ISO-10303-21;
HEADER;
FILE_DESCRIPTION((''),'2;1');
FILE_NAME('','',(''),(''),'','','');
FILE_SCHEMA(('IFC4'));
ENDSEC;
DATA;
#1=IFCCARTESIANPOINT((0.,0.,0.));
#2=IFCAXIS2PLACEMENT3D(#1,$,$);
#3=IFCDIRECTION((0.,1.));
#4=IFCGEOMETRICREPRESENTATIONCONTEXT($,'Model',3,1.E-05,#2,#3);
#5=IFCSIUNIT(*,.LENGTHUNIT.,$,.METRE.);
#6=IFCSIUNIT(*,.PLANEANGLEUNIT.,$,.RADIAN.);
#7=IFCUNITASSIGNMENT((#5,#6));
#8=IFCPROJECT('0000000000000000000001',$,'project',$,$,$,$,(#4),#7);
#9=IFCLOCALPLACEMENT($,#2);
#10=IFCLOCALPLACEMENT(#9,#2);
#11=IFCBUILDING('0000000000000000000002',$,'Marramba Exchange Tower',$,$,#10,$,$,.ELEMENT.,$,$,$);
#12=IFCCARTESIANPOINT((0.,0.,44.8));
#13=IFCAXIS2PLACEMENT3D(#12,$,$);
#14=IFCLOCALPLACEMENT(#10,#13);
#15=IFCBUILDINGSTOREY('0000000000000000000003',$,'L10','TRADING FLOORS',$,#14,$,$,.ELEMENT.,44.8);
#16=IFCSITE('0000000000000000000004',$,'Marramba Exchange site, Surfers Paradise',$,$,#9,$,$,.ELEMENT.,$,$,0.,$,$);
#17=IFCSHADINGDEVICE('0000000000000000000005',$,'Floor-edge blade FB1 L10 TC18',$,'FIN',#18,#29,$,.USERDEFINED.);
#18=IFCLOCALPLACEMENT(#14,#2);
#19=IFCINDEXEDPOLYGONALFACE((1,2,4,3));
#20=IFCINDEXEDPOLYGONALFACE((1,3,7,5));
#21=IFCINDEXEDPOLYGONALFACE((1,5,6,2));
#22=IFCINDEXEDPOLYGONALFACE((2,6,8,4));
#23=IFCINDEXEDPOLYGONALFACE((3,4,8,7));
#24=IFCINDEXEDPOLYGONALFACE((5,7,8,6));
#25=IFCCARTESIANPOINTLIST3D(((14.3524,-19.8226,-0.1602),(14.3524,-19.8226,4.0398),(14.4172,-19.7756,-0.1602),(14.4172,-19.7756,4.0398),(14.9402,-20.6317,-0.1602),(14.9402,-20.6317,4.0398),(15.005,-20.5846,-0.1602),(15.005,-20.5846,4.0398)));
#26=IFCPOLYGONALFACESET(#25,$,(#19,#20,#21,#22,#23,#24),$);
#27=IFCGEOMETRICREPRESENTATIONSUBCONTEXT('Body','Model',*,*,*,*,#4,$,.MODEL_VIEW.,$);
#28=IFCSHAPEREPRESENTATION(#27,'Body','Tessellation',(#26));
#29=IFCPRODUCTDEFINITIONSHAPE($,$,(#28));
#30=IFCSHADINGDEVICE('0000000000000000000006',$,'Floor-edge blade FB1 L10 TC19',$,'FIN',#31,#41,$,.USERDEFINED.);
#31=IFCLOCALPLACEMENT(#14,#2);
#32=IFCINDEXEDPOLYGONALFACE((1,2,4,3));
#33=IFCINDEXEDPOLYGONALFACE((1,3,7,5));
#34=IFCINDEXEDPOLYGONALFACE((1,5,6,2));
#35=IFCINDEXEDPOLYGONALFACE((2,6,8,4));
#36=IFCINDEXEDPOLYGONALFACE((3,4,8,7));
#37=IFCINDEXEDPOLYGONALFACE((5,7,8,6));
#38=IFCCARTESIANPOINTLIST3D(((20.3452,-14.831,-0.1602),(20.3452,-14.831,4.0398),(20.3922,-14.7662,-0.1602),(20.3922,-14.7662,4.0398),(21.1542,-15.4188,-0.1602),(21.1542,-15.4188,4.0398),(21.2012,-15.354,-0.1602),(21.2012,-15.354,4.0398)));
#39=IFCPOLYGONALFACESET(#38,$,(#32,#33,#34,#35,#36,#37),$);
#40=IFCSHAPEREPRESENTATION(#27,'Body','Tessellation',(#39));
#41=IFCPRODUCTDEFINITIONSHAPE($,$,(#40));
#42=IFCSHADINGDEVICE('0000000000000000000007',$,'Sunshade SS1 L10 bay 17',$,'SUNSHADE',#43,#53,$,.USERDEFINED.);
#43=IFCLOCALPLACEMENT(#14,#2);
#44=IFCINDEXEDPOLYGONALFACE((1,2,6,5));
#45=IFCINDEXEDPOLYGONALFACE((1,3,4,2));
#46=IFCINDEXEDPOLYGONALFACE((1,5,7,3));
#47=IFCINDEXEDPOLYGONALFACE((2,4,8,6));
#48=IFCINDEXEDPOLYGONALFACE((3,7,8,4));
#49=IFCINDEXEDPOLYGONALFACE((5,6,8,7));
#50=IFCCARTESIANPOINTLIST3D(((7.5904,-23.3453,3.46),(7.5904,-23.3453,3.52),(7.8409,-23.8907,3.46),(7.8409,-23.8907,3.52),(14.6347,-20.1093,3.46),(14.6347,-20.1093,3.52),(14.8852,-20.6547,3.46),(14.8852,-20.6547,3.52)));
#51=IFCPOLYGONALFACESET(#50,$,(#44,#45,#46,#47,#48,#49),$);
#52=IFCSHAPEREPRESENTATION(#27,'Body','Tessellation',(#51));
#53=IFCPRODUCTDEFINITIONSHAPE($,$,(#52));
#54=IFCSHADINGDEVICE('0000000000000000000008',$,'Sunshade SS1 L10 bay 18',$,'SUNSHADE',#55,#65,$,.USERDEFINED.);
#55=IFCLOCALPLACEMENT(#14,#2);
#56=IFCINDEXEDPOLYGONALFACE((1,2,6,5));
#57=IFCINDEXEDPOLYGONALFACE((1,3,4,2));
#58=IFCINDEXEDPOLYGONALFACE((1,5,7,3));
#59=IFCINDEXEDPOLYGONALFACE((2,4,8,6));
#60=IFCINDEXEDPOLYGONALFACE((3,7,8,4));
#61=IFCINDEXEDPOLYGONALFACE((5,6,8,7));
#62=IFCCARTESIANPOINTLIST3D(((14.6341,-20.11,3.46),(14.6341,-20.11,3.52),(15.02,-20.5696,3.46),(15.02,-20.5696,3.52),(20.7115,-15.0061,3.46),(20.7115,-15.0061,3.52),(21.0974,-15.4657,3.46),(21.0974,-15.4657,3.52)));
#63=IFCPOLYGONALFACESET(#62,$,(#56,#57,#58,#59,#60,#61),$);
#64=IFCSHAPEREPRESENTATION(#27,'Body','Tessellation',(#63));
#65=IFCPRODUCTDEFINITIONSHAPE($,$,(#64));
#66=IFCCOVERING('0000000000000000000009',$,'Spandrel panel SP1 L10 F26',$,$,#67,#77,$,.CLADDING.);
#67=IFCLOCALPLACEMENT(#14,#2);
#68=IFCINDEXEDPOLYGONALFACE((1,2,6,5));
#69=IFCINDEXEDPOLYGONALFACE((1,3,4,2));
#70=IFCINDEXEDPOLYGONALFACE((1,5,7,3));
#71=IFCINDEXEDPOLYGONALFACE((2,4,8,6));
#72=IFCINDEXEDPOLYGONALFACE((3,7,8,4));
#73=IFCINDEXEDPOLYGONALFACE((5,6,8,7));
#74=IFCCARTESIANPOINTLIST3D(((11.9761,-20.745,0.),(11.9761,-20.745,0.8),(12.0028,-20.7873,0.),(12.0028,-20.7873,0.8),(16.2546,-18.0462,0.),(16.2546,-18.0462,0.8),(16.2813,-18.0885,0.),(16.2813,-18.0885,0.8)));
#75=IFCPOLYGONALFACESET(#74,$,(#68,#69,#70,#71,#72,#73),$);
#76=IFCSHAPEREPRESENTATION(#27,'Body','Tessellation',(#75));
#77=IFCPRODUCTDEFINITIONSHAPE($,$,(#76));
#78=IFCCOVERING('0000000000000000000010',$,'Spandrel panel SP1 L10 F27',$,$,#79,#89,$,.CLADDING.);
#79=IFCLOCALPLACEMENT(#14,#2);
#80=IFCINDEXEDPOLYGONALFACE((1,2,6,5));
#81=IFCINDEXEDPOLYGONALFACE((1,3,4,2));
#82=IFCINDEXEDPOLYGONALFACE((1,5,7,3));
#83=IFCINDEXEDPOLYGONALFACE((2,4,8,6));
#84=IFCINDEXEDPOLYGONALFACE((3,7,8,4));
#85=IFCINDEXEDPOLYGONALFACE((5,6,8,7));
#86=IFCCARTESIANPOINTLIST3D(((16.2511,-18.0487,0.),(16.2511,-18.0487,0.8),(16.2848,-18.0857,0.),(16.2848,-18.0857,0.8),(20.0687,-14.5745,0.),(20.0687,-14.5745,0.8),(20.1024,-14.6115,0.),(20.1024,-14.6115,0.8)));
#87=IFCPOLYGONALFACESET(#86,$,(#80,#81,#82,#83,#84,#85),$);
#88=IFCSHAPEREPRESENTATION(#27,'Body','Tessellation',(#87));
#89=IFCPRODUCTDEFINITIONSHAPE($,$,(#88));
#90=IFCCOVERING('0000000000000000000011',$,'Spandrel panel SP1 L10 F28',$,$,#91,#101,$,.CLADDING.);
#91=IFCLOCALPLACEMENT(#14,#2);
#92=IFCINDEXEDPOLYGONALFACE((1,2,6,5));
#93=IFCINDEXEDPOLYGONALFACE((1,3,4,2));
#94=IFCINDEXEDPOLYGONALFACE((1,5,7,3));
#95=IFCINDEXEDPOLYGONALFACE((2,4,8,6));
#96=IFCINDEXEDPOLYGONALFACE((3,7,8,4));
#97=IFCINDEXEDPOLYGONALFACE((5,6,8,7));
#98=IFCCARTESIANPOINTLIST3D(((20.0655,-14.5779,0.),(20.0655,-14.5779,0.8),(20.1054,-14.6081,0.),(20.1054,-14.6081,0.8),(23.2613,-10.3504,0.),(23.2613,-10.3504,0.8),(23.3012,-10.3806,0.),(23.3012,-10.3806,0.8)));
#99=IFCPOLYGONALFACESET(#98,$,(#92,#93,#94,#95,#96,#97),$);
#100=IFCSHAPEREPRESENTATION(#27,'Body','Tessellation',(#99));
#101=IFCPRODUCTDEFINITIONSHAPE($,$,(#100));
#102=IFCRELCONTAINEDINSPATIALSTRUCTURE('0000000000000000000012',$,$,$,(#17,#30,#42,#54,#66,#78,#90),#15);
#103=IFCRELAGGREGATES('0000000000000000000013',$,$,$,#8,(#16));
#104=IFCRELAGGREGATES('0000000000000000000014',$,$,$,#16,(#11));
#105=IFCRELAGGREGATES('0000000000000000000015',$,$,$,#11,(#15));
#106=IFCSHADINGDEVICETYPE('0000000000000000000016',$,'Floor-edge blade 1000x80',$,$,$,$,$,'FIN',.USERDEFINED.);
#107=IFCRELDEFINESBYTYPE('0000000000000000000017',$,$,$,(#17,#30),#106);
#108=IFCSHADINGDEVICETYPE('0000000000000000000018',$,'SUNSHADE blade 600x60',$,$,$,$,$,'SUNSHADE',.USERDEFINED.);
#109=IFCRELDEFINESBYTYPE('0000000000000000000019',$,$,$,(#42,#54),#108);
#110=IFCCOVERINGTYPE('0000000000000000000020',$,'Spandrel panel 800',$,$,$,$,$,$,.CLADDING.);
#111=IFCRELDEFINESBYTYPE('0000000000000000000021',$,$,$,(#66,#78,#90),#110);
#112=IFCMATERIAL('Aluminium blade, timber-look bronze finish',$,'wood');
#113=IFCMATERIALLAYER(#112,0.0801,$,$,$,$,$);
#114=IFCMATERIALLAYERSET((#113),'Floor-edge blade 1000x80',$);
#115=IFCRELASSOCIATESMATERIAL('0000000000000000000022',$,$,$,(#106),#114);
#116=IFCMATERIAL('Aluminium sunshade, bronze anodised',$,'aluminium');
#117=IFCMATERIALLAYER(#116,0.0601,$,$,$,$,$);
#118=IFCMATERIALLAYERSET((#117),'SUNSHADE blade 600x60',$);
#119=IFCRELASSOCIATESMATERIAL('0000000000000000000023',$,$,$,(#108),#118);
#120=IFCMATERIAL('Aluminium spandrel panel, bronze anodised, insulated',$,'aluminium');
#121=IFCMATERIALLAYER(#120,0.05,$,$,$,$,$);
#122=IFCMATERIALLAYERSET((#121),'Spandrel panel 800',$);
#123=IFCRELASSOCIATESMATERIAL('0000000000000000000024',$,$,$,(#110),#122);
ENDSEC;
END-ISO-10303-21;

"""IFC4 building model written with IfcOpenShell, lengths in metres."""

from ifc_helpers import new_model, si_unit, direction, frame, origin, origin_2d, place, context, subcontext, project, spatial, rectangle, extrude, material, layer, layer_set, type_object, element, save


model = new_model("IFC4")

# Units and contexts
model_context = context("Model", 3, precision=1e-05, world=origin(), true_north=direction((0.0, 1.0)))
body_context = subcontext(model_context, "Body", "Model", "MODEL_VIEW")
ifc_project = project(units=[si_unit("LENGTHUNIT", "METRE"), si_unit("PLANEANGLEUNIT", "RADIAN")], contexts=[model_context])

# Site, building, storey
site_placement = place(None, origin())
site = spatial("IfcSite", under=ifc_project, at=site_placement, Name="Marramba Exchange site, Surfers Paradise", CompositionType="ELEMENT", RefElevation=0.0)
building_placement = place(site_placement, origin())
building = spatial("IfcBuilding", under=site, at=building_placement, Name="Marramba Exchange Tower", CompositionType="ELEMENT")
storey_placement = place(building_placement, frame((0.0, 0.0, 44.8)))
storey = spatial("IfcBuildingStorey", under=building, at=storey_placement, Name="L10", Description="TRADING FLOORS", CompositionType="ELEMENT", Elevation=44.8)

# Shading devices
ifc_material_1 = material(Name="Aluminium blade, timber-look bronze finish", Category="wood")
ifc_layer_1 = layer(ifc_material_1, 0.0801)
ifc_layer_set_1 = layer_set([ifc_layer_1], Name="Floor-edge blade 1000x80")
shading_device_type_1 = type_object("IfcShadingDeviceType", Name="Floor-edge blade 1000x80", ElementType="FIN", PredefinedType="USERDEFINED", material=ifc_layer_set_1)
for number, where, z_axis, x_axis, name in (
    (1, (14.6787, -20.2036, -0.1602), (0.0, 0.0, 1.0), (0.587785, -0.809017, 0.0), "Floor-edge blade FB1 L10 TC18"),
    (2, (20.7732, -15.0925, -0.1602), (0.0, 0.0, 1.0), (0.809017, -0.587785, 0.0), "Floor-edge blade FB1 L10 TC19"),
):
    element("IfcShadingDevice", number, at=place(storey_placement, frame(where, z_axis=z_axis, x_axis=x_axis)), inside=storey, type_object=shading_device_type_1, Name=name, ObjectType="FIN", PredefinedType="USERDEFINED", context=body_context, shape_type="SweptSolid", body=[
        extrude(rectangle(XDim=1.0, YDim=0.0801, at=origin_2d()), origin(), (0.0, 0.0, 1.0), 4.2),
    ])
ifc_material_2 = material(Name="Aluminium sunshade, bronze anodised", Category="aluminium")
ifc_layer_2 = layer(ifc_material_2, 0.0601)
ifc_layer_set_2 = layer_set([ifc_layer_2], Name="SUNSHADE blade 600x60")
shading_device_type_2 = type_object("IfcShadingDeviceType", Name="SUNSHADE blade 600x60", ElementType="SUNSHADE", PredefinedType="USERDEFINED", material=ifc_layer_set_2)
shading_device_1_placement = place(storey_placement, frame((11.2378, -22.0, 3.46), z_axis=(0.0, 0.0, 1.0), x_axis=(0.908704, 0.417442, 0.0)))
element("IfcShadingDevice", 3, at=shading_device_1_placement, inside=storey, type_object=shading_device_type_2, Name="Sunshade SS1 L10 bay 17", ObjectType="SUNSHADE", PredefinedType="USERDEFINED", context=body_context, shape_type="SweptSolid", body=[
    extrude(rectangle(XDim=7.752, YDim=0.6001, at=origin_2d()), origin(), (0.0, 0.0, 1.0), 0.0601),
])
shading_device_2_placement = place(storey_placement, frame((17.8657, -17.7878, 3.46), z_axis=(0.0, 0.0, 1.0), x_axis=(0.765776, 0.643107, 0.0)))
element("IfcShadingDevice", 4, at=shading_device_2_placement, inside=storey, type_object=shading_device_type_2, Name="Sunshade SS1 L10 bay 18", ObjectType="SUNSHADE", PredefinedType="USERDEFINED", context=body_context, shape_type="SweptSolid", body=[
    extrude(rectangle(XDim=7.9363, YDim=0.6001, at=origin_2d()), origin(), (0.0, 0.0, 1.0), 0.0601),
])

# Coverings
ifc_material_3 = material(Name="Aluminium spandrel panel, bronze anodised, insulated", Category="aluminium")
ifc_layer_3 = layer(ifc_material_3, 0.05)
ifc_layer_set_3 = layer_set([ifc_layer_3], Name="Spandrel panel 800")
covering_type = type_object("IfcCoveringType", Name="Spandrel panel 800", PredefinedType="CLADDING", material=ifc_layer_set_3)
covering_1_placement = place(storey_placement, frame((14.1287, -19.4167, 0.0), z_axis=(0.0, 0.0, 1.0), x_axis=(0.845791, 0.533515, 0.0)))
element("IfcCovering", 5, at=covering_1_placement, inside=storey, type_object=covering_type, Name="Spandrel panel SP1 L10 F26", PredefinedType="CLADDING", context=body_context, shape_type="SweptSolid", body=[
    extrude(rectangle(XDim=5.0586, YDim=0.05, at=origin_2d()), origin(), (0.0, 0.0, 1.0), 0.8),
])
covering_2_placement = place(storey_placement, frame((18.1768, -16.3301, 0.0), z_axis=(0.0, 0.0, 1.0), x_axis=(0.73959, 0.673058, 0.0)))
element("IfcCovering", 6, at=covering_2_placement, inside=storey, type_object=covering_type, Name="Spandrel panel SP1 L10 F27", PredefinedType="CLADDING", context=body_context, shape_type="SweptSolid", body=[
    extrude(rectangle(XDim=5.1619, YDim=0.05, at=origin_2d()), origin(), (0.0, 0.0, 1.0), 0.8),
])
covering_3_placement = place(storey_placement, frame((21.6833, -12.4792, 0.0), z_axis=(0.0, 0.0, 1.0), x_axis=(0.60304, 0.797711, 0.0)))
element("IfcCovering", 7, at=covering_3_placement, inside=storey, type_object=covering_type, Name="Spandrel panel SP1 L10 F28", PredefinedType="CLADDING", context=body_context, shape_type="SweptSolid", body=[
    extrude(rectangle(XDim=5.2996, YDim=0.05, at=origin_2d()), origin(), (0.0, 0.0, 1.0), 0.8),
])

save(model, "model.ifc")
